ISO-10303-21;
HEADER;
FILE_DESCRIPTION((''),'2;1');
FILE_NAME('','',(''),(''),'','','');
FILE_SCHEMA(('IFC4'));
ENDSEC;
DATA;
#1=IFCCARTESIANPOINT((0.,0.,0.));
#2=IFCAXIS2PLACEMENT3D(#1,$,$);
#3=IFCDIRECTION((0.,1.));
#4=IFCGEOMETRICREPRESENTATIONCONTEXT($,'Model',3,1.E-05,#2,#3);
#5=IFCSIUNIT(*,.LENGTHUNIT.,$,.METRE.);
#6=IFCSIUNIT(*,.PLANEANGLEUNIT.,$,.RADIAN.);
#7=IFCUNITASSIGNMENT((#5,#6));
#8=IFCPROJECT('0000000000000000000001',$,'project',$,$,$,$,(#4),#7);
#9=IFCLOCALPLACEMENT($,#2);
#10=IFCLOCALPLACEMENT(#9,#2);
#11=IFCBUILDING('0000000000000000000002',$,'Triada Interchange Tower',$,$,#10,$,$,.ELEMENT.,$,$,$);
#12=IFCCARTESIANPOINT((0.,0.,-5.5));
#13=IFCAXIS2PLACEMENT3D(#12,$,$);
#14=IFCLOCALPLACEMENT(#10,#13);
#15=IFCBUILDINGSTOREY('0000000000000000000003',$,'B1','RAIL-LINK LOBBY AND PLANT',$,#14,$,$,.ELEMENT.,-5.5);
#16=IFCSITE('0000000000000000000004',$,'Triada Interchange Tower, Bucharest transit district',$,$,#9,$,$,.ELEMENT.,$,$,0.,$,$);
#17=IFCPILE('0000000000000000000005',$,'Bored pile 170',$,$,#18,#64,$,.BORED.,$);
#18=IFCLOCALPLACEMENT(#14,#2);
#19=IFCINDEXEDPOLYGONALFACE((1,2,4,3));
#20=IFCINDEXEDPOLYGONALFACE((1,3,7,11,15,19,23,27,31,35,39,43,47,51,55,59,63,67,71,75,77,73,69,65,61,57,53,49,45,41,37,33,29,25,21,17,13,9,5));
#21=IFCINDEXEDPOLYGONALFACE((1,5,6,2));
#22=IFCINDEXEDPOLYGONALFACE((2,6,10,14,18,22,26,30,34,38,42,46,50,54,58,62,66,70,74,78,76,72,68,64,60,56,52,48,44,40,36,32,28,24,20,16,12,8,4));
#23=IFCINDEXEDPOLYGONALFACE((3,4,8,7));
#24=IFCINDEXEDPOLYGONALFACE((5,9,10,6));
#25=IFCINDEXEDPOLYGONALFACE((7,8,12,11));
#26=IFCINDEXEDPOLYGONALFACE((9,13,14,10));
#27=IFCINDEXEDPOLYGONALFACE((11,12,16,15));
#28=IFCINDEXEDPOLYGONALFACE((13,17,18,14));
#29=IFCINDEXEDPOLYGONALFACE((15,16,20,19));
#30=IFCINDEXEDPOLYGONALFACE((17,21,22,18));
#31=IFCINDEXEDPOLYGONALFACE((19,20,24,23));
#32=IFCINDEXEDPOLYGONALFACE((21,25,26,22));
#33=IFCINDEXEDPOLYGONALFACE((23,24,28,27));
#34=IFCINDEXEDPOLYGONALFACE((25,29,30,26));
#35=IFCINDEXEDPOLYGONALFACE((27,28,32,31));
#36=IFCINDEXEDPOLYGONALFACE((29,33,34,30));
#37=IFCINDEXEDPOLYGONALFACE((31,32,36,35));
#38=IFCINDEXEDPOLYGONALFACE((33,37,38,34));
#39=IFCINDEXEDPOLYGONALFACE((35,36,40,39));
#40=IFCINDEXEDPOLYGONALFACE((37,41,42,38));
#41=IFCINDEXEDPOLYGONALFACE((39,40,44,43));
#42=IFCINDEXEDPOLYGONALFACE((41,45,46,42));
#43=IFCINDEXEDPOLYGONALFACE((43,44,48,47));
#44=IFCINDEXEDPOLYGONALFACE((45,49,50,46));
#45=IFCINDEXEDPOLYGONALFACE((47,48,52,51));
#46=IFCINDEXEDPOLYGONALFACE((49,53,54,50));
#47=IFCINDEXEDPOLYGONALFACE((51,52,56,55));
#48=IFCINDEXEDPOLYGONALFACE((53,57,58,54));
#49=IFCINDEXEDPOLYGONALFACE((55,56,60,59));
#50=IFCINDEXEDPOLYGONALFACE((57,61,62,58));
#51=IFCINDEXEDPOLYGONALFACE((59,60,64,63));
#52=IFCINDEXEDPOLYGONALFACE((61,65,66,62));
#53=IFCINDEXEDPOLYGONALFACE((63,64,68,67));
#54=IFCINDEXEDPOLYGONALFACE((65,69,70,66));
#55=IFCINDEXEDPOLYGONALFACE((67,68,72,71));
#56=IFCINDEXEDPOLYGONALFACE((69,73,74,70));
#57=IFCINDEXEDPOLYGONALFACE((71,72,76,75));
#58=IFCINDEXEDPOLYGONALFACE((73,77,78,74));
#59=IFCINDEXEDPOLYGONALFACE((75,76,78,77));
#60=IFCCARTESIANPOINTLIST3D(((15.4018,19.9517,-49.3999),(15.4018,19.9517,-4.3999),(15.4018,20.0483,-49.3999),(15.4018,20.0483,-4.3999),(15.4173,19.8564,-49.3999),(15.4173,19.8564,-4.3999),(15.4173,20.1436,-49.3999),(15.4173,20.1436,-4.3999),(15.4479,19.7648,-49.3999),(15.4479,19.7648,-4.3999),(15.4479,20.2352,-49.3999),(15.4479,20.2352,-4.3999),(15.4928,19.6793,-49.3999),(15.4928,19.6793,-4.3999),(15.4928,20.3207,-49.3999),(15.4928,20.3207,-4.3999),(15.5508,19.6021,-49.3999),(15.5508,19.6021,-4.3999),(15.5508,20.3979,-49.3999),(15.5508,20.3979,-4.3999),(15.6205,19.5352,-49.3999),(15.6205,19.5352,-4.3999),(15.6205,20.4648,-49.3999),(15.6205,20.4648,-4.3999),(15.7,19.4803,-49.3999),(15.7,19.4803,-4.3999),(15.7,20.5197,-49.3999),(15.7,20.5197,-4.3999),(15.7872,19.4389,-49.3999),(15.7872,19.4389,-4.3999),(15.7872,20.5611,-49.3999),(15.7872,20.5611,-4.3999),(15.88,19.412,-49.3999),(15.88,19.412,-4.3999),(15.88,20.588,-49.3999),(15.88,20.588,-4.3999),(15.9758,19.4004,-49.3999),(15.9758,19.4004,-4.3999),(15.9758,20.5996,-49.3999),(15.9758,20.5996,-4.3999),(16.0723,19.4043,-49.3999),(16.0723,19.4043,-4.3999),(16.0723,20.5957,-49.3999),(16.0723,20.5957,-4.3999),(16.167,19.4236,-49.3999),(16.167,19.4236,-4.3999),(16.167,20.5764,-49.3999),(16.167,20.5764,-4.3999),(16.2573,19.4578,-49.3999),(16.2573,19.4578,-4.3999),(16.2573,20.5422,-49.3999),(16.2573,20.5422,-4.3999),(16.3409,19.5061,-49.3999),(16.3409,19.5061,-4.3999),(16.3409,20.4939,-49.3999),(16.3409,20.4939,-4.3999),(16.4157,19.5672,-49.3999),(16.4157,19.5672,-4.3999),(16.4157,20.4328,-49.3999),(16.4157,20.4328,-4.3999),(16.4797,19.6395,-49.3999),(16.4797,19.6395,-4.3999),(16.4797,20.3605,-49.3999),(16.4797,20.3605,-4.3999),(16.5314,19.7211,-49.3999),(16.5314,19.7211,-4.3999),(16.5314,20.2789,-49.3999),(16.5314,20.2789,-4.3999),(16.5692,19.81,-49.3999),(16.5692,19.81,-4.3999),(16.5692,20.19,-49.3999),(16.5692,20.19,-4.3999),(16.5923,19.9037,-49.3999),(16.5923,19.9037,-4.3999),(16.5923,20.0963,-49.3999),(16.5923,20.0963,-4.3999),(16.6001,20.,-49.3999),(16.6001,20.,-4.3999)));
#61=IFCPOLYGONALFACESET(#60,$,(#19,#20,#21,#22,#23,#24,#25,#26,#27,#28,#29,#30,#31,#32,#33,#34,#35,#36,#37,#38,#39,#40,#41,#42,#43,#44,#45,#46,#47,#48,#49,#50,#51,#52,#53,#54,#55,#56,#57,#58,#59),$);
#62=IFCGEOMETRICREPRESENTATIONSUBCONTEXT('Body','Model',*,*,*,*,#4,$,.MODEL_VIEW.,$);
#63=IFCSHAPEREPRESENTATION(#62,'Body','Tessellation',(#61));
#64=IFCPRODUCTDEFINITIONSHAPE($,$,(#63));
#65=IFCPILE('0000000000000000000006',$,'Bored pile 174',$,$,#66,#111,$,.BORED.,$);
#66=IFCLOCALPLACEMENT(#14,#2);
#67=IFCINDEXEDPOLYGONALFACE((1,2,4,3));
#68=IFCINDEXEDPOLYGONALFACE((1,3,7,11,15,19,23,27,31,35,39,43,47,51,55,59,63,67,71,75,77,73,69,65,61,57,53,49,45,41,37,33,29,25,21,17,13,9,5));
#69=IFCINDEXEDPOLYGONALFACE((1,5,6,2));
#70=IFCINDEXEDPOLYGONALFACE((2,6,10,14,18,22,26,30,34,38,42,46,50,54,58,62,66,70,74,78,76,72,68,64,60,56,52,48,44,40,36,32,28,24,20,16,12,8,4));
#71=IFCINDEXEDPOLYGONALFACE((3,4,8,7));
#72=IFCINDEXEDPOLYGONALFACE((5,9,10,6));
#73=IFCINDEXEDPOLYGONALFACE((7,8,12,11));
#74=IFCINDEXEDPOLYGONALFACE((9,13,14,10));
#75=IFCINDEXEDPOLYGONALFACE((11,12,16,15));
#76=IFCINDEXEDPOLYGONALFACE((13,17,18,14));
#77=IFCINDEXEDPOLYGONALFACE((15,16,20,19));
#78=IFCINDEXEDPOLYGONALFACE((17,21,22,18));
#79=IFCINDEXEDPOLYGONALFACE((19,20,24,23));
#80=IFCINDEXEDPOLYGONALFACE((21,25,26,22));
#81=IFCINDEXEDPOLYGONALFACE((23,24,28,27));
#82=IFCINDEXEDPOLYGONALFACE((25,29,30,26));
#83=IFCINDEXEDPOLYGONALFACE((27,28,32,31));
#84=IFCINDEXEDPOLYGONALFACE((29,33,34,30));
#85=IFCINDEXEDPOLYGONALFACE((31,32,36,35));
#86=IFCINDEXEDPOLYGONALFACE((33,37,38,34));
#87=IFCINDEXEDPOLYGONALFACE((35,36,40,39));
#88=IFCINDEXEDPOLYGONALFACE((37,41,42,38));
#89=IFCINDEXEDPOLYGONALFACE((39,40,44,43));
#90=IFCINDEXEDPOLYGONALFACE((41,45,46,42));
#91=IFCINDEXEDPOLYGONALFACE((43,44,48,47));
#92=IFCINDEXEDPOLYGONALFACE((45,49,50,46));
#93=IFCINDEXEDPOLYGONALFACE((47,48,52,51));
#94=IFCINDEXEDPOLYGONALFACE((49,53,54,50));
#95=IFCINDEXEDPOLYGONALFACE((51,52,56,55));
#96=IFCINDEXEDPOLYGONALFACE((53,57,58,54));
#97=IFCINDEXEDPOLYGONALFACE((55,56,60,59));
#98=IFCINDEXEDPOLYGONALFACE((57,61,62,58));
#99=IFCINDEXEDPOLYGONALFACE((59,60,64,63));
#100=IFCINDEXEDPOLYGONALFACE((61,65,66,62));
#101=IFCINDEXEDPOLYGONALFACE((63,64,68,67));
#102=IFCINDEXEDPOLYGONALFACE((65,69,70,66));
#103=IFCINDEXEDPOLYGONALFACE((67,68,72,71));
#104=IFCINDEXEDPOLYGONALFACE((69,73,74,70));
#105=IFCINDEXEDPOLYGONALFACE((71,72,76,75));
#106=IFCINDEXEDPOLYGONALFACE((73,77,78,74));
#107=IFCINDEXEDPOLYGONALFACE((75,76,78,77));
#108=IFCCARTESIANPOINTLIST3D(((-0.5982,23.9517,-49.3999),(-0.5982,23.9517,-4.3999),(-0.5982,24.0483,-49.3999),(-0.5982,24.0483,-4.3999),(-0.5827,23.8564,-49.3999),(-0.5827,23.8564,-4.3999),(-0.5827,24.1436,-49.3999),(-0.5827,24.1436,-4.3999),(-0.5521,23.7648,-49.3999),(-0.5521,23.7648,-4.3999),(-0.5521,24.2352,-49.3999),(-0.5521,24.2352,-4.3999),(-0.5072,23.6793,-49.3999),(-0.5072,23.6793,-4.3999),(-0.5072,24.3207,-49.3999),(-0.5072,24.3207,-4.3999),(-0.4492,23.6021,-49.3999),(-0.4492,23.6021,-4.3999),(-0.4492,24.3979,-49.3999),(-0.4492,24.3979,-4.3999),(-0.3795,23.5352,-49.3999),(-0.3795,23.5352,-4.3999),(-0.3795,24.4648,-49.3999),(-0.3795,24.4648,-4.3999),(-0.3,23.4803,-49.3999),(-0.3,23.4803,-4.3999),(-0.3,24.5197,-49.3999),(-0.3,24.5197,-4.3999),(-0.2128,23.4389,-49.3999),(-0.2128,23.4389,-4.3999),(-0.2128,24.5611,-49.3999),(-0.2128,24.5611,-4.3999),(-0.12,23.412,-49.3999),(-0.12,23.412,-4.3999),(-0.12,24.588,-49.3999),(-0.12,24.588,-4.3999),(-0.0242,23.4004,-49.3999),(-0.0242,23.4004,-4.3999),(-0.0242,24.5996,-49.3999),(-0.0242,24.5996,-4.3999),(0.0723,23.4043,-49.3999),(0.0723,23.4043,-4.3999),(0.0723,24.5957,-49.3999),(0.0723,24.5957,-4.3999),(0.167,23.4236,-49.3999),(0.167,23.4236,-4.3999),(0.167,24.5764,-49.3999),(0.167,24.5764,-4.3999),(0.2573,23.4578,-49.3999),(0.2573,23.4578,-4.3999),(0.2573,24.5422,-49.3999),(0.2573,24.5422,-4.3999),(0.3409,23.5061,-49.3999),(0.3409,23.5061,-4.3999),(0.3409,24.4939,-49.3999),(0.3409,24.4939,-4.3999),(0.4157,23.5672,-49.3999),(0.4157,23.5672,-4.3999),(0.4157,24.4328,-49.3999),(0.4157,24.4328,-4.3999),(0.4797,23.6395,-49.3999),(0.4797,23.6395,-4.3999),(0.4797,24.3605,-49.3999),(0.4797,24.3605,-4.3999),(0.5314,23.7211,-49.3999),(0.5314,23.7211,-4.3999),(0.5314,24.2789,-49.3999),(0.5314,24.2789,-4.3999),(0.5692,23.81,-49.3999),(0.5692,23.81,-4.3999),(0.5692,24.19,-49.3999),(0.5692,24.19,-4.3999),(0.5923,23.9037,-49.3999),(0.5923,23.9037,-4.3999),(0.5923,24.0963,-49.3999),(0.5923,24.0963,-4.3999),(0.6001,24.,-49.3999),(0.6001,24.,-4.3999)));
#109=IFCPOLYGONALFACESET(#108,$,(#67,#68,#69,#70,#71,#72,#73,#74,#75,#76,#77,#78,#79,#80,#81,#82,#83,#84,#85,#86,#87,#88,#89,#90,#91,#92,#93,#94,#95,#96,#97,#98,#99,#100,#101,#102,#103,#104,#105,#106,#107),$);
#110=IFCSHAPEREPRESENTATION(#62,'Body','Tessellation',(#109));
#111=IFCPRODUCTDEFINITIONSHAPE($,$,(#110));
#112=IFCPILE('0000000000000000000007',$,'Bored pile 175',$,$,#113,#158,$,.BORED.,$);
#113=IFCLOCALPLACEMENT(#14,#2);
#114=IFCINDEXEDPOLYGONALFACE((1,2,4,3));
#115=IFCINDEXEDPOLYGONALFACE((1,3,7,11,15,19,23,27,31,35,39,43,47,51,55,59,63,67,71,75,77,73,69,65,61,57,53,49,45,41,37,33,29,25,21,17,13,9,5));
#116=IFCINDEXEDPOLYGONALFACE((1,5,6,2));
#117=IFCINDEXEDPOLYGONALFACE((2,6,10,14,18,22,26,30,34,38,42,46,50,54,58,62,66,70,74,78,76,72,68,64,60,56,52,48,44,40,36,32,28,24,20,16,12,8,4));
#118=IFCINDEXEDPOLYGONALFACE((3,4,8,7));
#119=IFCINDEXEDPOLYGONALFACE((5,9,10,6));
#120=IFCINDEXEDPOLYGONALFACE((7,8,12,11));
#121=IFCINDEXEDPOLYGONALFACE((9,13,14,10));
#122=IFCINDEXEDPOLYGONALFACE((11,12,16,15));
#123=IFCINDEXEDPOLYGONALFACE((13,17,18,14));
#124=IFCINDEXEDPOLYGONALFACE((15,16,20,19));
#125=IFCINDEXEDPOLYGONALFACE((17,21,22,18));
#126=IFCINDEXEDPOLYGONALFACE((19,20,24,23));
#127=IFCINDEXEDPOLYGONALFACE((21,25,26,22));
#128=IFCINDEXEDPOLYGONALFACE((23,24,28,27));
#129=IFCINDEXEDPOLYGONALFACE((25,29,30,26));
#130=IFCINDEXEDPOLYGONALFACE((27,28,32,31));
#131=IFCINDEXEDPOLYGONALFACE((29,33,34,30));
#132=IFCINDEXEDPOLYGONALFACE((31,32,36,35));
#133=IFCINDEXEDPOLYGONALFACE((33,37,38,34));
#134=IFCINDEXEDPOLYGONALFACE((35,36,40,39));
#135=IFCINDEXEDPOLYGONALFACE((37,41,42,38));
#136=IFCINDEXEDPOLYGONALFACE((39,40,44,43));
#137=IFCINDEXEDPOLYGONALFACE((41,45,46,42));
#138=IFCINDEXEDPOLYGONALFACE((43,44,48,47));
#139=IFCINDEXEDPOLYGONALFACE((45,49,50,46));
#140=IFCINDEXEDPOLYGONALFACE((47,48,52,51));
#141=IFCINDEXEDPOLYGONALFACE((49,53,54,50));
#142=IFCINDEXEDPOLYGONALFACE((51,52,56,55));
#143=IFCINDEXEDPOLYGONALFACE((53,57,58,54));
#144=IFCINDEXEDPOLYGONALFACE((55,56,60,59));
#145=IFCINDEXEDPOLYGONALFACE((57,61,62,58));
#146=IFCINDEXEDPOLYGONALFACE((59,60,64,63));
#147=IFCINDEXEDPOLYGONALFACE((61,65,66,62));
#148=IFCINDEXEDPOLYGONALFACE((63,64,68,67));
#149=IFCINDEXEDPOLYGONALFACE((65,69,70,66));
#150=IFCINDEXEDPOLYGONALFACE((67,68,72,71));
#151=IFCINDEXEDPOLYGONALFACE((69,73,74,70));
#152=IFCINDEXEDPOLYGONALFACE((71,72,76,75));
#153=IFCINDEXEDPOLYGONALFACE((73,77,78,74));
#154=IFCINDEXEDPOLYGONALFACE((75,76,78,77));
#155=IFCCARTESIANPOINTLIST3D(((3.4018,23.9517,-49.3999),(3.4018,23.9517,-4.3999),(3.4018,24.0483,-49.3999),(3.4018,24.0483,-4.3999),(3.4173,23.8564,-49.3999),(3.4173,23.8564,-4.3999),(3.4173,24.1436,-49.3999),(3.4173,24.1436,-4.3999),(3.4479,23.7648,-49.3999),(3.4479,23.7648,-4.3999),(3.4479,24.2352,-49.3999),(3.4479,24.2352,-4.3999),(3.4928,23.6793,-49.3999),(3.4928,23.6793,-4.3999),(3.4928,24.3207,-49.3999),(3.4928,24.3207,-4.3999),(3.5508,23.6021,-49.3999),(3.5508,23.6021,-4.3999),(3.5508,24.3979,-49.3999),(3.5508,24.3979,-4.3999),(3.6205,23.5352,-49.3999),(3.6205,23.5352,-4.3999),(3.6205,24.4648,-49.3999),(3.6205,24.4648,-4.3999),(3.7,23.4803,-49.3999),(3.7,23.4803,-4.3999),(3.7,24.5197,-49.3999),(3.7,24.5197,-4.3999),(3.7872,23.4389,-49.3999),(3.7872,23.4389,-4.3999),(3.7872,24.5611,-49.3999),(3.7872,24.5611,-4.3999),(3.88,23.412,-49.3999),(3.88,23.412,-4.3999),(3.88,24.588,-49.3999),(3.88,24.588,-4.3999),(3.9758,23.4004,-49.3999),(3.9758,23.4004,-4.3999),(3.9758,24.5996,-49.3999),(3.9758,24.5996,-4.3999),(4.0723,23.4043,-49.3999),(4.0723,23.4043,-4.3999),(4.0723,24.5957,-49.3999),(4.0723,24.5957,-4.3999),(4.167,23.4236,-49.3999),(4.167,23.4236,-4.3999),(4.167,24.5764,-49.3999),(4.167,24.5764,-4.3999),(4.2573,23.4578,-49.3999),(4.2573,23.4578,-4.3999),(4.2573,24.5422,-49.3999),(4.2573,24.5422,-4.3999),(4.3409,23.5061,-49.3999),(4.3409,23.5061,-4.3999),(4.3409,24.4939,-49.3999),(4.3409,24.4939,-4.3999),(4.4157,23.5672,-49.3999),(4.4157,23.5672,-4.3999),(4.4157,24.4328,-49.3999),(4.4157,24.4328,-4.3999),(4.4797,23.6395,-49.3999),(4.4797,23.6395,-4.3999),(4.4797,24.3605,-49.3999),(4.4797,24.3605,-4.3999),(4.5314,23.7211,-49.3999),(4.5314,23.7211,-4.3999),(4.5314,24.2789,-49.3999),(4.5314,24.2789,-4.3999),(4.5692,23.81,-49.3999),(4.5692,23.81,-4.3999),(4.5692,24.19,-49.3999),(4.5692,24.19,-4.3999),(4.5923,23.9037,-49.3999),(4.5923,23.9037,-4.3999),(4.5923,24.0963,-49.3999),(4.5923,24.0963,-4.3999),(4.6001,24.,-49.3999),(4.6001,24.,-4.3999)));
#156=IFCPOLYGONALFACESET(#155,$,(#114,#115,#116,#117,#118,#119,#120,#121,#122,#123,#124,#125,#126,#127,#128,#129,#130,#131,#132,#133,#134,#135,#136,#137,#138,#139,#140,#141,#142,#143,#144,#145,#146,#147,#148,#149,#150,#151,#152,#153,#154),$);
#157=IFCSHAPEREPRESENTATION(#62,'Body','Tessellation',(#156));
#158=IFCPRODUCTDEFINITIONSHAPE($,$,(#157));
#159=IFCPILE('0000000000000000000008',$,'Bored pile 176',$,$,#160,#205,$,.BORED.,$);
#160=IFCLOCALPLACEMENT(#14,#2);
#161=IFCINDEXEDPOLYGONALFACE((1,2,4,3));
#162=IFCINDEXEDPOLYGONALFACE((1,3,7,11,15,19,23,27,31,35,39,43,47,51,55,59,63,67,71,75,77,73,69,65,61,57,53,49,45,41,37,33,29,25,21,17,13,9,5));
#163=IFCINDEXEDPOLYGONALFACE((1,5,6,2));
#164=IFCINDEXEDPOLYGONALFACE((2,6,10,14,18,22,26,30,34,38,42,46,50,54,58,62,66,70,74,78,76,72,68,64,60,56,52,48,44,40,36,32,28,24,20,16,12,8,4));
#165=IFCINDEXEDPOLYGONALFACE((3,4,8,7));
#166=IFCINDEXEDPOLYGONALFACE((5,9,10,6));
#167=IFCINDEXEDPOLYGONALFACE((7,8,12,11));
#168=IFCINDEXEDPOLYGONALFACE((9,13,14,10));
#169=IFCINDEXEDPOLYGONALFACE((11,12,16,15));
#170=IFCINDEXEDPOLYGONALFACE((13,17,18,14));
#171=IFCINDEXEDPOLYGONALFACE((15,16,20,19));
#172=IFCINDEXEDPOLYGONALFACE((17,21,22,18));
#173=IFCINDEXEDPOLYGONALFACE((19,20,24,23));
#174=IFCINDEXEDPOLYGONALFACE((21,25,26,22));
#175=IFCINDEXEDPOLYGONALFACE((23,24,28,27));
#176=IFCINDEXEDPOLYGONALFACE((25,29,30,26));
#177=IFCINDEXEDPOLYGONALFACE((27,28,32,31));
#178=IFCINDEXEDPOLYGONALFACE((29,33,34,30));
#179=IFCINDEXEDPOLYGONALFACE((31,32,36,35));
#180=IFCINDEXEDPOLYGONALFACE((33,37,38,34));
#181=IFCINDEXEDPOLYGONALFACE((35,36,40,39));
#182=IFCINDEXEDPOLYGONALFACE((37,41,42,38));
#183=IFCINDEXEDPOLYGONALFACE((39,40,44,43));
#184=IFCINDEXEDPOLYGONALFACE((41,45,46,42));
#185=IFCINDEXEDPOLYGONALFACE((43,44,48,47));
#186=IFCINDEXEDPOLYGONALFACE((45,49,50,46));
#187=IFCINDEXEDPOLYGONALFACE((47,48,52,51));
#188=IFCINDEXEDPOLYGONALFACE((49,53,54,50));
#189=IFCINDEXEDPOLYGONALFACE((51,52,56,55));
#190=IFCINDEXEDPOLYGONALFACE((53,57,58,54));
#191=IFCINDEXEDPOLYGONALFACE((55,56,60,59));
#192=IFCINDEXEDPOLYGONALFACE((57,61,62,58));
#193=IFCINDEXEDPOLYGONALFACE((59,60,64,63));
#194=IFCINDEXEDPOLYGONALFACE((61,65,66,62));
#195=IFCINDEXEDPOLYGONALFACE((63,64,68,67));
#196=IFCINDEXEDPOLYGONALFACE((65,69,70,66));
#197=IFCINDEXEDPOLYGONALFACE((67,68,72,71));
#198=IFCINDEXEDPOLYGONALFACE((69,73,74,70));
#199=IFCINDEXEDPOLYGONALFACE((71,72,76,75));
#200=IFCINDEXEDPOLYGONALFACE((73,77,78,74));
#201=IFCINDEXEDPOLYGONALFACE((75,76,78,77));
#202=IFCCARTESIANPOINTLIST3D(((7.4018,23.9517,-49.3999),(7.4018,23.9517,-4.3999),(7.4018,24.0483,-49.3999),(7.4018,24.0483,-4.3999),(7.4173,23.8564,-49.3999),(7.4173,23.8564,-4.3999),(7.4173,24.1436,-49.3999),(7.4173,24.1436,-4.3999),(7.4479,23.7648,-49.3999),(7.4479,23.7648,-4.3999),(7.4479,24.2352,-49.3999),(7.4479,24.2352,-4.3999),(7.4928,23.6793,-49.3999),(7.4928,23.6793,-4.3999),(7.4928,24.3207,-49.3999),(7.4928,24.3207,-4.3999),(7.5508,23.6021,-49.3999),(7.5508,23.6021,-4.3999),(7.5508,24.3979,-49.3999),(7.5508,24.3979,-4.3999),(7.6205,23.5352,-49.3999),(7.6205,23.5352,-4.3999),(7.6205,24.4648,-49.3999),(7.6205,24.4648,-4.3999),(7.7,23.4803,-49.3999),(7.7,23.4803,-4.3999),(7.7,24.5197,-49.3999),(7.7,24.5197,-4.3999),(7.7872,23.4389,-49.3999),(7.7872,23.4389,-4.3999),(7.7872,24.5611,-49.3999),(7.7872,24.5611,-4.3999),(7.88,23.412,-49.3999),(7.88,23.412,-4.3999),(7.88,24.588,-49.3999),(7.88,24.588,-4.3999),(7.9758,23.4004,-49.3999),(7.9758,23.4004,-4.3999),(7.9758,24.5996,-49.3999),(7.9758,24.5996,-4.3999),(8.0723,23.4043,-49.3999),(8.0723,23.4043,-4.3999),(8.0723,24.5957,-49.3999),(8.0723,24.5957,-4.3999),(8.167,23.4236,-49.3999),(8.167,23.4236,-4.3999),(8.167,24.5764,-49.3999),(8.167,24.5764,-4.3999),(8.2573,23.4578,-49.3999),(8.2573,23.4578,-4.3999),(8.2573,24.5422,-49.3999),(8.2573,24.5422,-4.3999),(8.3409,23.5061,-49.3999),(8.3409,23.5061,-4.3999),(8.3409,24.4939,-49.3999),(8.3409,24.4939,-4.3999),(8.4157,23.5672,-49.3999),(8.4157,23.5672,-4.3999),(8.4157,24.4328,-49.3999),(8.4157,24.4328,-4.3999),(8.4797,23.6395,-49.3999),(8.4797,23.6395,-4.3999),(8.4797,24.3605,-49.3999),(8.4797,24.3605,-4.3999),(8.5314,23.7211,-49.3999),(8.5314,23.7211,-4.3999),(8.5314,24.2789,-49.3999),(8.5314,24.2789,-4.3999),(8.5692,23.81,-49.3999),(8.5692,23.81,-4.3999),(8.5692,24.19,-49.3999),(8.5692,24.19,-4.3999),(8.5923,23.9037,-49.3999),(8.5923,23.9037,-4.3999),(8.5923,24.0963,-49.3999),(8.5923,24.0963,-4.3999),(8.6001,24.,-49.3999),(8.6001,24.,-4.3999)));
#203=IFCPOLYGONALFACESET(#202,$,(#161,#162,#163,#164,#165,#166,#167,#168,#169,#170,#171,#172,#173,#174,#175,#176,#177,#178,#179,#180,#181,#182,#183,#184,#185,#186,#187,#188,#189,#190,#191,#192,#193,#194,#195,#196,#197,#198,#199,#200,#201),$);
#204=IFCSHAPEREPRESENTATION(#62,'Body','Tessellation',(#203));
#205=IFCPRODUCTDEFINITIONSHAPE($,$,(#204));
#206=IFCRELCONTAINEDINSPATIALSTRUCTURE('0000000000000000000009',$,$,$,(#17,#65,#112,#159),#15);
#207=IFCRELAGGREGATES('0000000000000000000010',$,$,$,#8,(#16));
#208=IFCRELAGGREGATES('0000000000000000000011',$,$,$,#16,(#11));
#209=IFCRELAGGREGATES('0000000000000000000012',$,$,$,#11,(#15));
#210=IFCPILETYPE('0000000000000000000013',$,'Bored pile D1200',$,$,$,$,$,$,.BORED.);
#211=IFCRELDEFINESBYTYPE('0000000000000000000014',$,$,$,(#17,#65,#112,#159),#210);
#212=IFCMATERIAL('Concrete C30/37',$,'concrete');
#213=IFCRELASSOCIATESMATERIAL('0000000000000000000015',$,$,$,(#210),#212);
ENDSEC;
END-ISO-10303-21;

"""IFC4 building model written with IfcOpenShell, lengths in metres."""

from ifc_helpers import new_model, si_unit, direction, frame, origin, origin_2d, place, context, subcontext, project, spatial, circle, extrude, material, material_profile, profile_set, type_object, element, save


model = new_model("IFC4")

# Units and contexts
model_context = context("Model", 3, precision=1e-05, world=origin(), true_north=direction((0.0, 1.0)))
body_context = subcontext(model_context, "Body", "Model", "MODEL_VIEW")
ifc_project = project(units=[si_unit("LENGTHUNIT", "METRE"), si_unit("PLANEANGLEUNIT", "RADIAN")], contexts=[model_context])

# Site, building, storey
site_placement = place(None, origin())
site = spatial("IfcSite", under=ifc_project, at=site_placement, Name="Triada Interchange Tower, Bucharest transit district", CompositionType="ELEMENT", RefElevation=0.0)
building_placement = place(site_placement, origin())
building = spatial("IfcBuilding", under=site, at=building_placement, Name="Triada Interchange Tower", CompositionType="ELEMENT")
storey_placement = place(building_placement, frame((0.0, 0.0, -5.5)))
storey = spatial("IfcBuildingStorey", under=building, at=storey_placement, Name="B1", Description="RAIL-LINK LOBBY AND PLANT", CompositionType="ELEMENT", Elevation=-5.5)

# Piles
ifc_material_1 = material(Name="Concrete C30/37", Category="concrete")
ifc_material_profile_1 = material_profile(ifc_material_1, circle(Radius=0.6001, at=origin_2d()), Name="RC D1200")
ifc_profile_set_1 = profile_set([ifc_material_profile_1], Name="Concrete C30/37")
pile_type = type_object("IfcPileType", Name="Bored pile D1200", PredefinedType="BORED", material=ifc_profile_set_1)
for number, where, z_axis, x_axis, name in (
    (1, (16.0, 20.0, -4.3999), (0.0, 0.0, -1.0), (1.0, 0.0, 0.0), "Bored pile 170"),
    (2, (0.0, 24.0, -4.3999), (0.0, 0.0, -1.0), (1.0, 0.0, 0.0), "Bored pile 174"),
    (3, (4.0, 24.0, -4.3999), (0.0, 0.0, -1.0), (1.0, 0.0, 0.0), "Bored pile 175"),
    (4, (8.0, 24.0, -4.3999), (0.0, 0.0, -1.0), (1.0, 0.0, 0.0), "Bored pile 176"),
):
    element("IfcPile", number, at=place(storey_placement, frame(where, z_axis=z_axis, x_axis=x_axis)), inside=storey, type_object=pile_type, Name=name, PredefinedType="BORED", context=body_context, shape_type="SweptSolid", body=[
        extrude(circle(Radius=0.6001, at=origin_2d()), origin(), (0.0, 0.0, 1.0), 45.0),
    ])

save(model, "model.ifc")
